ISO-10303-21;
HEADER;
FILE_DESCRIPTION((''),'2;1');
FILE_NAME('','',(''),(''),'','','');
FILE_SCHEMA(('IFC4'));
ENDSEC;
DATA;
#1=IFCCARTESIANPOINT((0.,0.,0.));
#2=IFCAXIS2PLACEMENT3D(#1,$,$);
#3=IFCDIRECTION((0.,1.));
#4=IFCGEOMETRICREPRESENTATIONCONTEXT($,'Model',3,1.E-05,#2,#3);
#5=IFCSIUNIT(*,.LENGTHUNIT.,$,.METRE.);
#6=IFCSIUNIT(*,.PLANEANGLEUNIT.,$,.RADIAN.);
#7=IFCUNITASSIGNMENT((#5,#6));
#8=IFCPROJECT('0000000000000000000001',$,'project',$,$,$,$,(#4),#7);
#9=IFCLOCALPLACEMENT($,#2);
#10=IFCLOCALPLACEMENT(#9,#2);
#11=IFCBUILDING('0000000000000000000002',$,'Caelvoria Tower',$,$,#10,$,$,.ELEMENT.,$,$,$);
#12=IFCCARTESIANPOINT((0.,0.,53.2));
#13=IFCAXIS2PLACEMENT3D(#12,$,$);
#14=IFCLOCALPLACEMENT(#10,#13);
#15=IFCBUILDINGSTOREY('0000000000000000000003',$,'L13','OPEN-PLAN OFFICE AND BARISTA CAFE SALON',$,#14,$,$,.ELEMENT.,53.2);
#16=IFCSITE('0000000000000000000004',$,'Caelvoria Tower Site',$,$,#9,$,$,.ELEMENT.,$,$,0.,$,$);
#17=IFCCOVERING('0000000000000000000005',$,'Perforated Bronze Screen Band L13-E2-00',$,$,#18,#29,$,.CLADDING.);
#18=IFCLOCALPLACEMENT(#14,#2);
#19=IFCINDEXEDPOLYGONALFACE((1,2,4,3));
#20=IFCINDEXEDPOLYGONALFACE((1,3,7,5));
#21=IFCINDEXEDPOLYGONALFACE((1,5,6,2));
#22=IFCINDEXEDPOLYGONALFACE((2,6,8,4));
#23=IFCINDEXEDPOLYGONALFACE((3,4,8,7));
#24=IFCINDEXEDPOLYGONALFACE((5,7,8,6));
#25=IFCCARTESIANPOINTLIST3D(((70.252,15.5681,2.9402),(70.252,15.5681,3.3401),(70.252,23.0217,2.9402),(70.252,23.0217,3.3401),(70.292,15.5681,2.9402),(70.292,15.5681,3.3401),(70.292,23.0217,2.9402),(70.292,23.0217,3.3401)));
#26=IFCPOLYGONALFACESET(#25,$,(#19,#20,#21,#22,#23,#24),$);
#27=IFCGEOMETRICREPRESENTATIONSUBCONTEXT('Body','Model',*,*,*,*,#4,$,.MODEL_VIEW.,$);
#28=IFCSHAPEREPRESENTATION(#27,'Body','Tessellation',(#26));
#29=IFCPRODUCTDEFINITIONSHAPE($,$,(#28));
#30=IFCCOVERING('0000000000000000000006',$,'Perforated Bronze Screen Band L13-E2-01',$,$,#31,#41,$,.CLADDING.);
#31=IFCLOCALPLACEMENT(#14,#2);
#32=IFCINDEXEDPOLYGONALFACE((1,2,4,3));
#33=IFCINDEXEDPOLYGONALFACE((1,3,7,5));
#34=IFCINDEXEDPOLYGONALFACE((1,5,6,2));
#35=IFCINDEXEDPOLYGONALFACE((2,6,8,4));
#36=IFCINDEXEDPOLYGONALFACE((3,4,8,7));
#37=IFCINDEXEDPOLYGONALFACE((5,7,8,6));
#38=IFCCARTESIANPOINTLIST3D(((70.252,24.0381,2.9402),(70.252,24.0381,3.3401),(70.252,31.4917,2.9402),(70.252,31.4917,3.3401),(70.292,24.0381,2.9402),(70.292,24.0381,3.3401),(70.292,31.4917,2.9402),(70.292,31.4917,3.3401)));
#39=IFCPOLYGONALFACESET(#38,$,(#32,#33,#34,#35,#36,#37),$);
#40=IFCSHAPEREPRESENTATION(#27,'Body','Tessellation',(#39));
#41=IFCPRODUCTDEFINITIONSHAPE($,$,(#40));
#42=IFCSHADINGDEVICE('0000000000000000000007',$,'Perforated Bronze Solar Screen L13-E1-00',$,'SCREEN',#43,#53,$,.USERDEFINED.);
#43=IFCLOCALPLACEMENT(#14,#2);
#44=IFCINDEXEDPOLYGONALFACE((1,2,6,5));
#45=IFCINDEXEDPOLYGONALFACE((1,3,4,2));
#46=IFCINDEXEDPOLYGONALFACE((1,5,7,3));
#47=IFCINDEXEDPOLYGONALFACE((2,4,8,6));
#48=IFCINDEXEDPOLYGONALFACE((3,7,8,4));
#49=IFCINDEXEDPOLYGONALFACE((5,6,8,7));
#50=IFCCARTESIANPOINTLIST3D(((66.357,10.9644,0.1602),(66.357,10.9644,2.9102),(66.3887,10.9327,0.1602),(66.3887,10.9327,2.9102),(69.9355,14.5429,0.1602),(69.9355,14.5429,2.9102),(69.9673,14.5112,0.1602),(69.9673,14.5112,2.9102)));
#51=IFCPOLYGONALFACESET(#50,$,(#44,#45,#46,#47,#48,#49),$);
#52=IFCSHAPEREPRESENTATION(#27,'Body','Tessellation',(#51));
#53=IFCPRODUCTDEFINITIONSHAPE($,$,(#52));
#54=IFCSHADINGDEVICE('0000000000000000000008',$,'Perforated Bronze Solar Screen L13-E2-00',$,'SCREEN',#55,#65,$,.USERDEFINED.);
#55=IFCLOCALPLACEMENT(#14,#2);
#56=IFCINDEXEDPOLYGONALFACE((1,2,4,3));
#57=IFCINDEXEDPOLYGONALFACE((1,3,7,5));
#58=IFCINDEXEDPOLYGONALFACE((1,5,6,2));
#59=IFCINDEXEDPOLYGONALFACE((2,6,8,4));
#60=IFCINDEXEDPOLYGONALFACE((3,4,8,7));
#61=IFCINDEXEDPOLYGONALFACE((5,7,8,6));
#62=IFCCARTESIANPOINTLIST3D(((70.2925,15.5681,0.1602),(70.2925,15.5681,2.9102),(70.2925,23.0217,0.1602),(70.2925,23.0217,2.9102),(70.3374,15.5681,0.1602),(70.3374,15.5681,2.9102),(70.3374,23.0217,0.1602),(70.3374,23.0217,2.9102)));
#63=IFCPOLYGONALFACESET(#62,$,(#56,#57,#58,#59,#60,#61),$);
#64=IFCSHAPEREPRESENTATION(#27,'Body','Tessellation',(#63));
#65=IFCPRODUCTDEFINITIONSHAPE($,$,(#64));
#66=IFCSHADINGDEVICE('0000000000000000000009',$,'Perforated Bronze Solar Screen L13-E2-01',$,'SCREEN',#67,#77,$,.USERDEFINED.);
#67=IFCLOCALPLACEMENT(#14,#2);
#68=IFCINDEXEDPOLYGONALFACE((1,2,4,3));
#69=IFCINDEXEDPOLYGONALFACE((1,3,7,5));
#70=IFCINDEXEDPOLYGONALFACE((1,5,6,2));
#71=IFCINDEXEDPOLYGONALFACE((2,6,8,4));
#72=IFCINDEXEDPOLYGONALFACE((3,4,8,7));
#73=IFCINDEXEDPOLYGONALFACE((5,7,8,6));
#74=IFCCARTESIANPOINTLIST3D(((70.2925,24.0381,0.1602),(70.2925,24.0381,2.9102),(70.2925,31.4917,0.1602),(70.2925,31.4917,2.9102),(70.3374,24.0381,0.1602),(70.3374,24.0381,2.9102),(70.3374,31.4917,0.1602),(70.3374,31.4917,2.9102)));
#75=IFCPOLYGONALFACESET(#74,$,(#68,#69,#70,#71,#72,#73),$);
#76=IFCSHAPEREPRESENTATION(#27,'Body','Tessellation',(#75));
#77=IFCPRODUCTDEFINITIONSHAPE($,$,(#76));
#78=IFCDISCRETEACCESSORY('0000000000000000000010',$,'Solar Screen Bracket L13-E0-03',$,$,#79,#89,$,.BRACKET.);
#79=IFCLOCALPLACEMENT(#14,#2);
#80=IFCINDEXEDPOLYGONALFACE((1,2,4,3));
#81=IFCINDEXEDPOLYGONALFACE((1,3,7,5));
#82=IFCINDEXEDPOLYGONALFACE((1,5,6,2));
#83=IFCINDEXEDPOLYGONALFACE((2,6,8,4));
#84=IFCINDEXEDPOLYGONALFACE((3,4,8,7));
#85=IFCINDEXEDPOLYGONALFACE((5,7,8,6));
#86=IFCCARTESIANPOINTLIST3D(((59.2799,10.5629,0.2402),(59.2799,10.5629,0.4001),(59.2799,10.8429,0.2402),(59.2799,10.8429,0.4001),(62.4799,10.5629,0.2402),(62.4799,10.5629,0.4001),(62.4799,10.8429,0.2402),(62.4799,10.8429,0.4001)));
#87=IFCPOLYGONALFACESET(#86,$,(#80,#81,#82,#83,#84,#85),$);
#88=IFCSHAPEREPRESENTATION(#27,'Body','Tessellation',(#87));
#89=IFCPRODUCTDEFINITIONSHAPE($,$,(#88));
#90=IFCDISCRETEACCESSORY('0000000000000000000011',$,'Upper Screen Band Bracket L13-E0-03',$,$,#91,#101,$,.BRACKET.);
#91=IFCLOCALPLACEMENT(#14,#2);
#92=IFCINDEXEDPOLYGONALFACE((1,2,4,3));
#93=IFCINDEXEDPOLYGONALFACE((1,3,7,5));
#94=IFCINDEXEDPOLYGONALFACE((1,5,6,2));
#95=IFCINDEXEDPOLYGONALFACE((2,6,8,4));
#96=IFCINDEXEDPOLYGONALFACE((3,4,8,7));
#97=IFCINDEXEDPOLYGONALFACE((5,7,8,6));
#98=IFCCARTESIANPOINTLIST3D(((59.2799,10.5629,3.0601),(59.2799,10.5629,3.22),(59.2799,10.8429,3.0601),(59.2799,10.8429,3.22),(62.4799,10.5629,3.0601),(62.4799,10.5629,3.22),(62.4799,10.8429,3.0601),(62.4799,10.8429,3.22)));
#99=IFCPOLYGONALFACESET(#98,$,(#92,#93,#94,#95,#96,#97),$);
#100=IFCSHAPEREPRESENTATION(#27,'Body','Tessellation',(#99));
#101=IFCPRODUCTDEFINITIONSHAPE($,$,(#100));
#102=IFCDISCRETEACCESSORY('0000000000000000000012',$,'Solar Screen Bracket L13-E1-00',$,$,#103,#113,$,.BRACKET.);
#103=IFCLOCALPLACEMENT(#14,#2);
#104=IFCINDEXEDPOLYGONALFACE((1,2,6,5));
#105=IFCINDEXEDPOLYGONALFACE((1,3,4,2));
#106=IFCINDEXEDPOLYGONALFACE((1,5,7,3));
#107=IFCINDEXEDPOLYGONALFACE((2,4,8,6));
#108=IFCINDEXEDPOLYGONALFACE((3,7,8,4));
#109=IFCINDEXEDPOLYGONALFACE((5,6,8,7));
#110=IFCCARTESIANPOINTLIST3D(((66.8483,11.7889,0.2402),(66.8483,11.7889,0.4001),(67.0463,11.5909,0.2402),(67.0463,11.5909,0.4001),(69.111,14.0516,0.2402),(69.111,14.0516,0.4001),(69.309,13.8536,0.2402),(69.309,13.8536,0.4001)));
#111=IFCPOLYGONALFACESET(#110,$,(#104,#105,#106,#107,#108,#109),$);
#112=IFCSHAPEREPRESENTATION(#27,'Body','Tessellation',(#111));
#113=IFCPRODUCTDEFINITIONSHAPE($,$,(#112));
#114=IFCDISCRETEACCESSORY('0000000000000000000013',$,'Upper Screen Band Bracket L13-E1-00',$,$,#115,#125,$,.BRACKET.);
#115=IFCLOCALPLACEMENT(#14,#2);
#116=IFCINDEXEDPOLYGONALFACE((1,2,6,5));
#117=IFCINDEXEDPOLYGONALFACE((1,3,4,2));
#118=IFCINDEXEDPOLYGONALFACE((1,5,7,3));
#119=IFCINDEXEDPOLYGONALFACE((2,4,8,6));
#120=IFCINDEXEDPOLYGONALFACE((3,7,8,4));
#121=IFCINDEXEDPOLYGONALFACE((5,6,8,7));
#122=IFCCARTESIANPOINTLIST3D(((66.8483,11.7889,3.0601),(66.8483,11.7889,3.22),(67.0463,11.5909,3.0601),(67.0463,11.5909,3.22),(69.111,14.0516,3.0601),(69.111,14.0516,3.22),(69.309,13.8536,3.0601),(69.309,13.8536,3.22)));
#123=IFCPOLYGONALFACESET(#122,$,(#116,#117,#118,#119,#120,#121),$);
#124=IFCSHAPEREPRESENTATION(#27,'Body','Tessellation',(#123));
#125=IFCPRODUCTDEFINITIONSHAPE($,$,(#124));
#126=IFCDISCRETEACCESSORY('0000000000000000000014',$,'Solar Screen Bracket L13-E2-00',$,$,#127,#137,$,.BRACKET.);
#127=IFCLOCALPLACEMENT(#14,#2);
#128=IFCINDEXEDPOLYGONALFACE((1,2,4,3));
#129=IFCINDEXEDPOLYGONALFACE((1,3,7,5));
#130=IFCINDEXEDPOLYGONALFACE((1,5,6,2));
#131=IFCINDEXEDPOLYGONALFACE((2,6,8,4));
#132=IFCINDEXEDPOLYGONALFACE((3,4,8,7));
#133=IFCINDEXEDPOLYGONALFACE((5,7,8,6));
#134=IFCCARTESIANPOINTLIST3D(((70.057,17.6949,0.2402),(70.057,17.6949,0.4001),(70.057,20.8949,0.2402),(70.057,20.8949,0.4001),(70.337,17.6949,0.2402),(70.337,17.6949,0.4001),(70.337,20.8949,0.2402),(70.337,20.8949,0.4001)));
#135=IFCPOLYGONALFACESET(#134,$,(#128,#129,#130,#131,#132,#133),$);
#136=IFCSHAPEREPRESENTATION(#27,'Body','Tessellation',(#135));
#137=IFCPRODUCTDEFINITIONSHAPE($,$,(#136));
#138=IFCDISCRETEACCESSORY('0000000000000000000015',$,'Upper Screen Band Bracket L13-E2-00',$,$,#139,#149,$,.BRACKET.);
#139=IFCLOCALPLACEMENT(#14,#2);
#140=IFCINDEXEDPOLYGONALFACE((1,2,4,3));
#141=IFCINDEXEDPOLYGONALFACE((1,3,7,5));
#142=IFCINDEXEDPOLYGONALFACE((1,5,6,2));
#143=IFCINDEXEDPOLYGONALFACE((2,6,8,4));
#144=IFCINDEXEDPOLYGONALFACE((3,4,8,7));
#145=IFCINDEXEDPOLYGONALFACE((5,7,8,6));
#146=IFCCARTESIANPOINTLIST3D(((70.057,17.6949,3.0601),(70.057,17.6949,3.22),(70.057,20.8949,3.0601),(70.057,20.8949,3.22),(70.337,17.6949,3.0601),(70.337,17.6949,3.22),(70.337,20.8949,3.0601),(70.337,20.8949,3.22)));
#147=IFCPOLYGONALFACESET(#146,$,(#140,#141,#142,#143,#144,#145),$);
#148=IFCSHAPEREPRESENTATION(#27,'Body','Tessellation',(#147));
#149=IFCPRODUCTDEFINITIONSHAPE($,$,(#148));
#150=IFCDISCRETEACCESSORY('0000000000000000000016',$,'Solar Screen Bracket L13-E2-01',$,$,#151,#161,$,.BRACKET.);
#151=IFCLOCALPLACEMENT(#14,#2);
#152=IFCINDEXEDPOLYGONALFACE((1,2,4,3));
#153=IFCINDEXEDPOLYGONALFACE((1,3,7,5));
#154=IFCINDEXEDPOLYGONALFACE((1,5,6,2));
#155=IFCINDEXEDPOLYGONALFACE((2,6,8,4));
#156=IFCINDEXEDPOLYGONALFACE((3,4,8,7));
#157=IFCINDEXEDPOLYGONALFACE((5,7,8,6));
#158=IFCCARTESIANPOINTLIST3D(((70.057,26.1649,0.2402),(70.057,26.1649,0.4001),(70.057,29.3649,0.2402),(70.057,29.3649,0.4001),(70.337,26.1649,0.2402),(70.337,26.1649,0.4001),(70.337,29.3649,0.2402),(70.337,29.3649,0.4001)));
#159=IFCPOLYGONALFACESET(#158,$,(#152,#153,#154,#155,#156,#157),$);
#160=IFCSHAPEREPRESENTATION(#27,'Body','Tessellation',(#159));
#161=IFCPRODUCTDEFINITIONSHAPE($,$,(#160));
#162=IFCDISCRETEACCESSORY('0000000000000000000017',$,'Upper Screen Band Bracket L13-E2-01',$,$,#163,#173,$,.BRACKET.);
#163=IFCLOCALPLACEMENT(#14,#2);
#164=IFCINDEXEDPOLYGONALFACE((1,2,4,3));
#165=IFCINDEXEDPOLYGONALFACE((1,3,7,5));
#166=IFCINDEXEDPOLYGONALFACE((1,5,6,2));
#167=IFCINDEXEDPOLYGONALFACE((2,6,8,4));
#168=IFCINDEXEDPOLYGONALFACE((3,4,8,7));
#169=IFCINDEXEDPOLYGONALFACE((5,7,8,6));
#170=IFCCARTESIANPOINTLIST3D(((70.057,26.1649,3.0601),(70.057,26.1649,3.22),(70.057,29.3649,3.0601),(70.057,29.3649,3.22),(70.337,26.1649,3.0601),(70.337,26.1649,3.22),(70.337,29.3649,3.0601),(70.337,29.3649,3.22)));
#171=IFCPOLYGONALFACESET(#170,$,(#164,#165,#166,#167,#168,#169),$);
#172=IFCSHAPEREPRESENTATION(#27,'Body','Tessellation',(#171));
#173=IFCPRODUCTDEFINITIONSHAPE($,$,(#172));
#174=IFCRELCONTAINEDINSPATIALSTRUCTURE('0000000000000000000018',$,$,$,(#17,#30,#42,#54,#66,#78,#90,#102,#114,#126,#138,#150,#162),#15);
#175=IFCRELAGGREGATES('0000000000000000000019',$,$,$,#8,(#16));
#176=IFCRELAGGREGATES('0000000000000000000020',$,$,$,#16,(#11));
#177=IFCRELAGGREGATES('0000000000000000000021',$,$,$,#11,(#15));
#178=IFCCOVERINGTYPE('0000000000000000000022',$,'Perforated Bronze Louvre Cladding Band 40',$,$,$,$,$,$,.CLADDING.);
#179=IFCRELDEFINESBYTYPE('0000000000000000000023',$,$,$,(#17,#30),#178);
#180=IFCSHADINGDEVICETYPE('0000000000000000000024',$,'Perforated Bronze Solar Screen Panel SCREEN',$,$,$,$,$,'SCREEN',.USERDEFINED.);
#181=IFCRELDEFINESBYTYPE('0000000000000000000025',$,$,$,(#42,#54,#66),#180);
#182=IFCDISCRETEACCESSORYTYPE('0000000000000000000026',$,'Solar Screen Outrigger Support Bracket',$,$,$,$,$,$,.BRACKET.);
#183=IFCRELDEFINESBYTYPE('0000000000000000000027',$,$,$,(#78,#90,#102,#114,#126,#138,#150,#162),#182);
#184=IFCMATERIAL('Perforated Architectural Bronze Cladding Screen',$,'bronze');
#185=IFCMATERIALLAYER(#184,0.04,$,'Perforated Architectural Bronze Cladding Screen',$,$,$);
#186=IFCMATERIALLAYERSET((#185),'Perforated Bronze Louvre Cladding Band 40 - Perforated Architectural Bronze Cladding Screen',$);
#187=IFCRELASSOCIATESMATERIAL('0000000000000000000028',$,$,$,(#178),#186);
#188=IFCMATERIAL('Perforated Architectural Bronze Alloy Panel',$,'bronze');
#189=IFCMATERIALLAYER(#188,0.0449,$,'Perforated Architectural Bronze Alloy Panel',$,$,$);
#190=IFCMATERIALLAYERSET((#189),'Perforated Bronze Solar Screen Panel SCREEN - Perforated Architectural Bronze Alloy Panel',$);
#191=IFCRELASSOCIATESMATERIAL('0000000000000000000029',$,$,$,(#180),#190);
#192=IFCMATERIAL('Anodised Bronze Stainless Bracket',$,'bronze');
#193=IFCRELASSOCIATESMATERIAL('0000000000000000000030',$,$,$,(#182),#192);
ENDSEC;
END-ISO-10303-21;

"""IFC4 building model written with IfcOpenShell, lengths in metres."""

from ifc_helpers import new_model, si_unit, direction, frame, origin, origin_2d, place, context, subcontext, project, spatial, rectangle, extrude, material, layer, layer_set, type_object, element, save


model = new_model("IFC4")

# Units and contexts
model_context = context("Model", 3, precision=1e-05, world=origin(), true_north=direction((0.0, 1.0)))
body_context = subcontext(model_context, "Body", "Model", "MODEL_VIEW")
ifc_project = project(units=[si_unit("LENGTHUNIT", "METRE"), si_unit("PLANEANGLEUNIT", "RADIAN")], contexts=[model_context])

# Site, building, storey
site_placement = place(None, origin())
site = spatial("IfcSite", under=ifc_project, at=site_placement, Name="Caelvoria Tower Site", CompositionType="ELEMENT", RefElevation=0.0)
building_placement = place(site_placement, origin())
building = spatial("IfcBuilding", under=site, at=building_placement, Name="Caelvoria Tower", CompositionType="ELEMENT")
storey_placement = place(building_placement, frame((0.0, 0.0, 53.2)))
storey = spatial("IfcBuildingStorey", under=building, at=storey_placement, Name="L13", Description="OPEN-PLAN OFFICE AND BARISTA CAFE SALON", CompositionType="ELEMENT", Elevation=53.2)

# Coverings
ifc_material_1 = material(Name="Perforated Architectural Bronze Cladding Screen", Category="bronze")
ifc_layer_1 = layer(ifc_material_1, 0.04, Name="Perforated Architectural Bronze Cladding Screen")
ifc_layer_set_1 = layer_set([ifc_layer_1], Name="Perforated Bronze Louvre Cladding Band 40 - Perforated Architectural Bronze Cladding Screen")
covering_type = type_object("IfcCoveringType", Name="Perforated Bronze Louvre Cladding Band 40", PredefinedType="CLADDING", material=ifc_layer_set_1)
for number, where, z_axis, x_axis, name in (
    (1, (70.272, 19.2949, 2.9402), (0.0, 0.0, 1.0), (0.0, 1.0, 0.0), "Perforated Bronze Screen Band L13-E2-00"),
    (2, (70.272, 27.7649, 2.9402), (0.0, 0.0, 1.0), (0.0, 1.0, 0.0), "Perforated Bronze Screen Band L13-E2-01"),
):
    element("IfcCovering", number, at=place(storey_placement, frame(where, z_axis=z_axis, x_axis=x_axis)), inside=storey, type_object=covering_type, Name=name, PredefinedType="CLADDING", context=body_context, shape_type="SweptSolid", body=[
        extrude(rectangle(XDim=7.4536, YDim=0.04, at=origin_2d()), origin(), (0.0, 0.0, 1.0), 0.3999),
    ])

# Shading devices
ifc_material_2 = material(Name="Perforated Architectural Bronze Alloy Panel", Category="bronze")
ifc_layer_2 = layer(ifc_material_2, 0.0449, Name="Perforated Architectural Bronze Alloy Panel")
ifc_layer_set_2 = layer_set([ifc_layer_2], Name="Perforated Bronze Solar Screen Panel SCREEN - Perforated Architectural Bronze Alloy Panel")
shading_device_type = type_object("IfcShadingDeviceType", Name="Perforated Bronze Solar Screen Panel SCREEN", ElementType="SCREEN", PredefinedType="USERDEFINED", material=ifc_layer_set_2)
shading_device_placement = place(storey_placement, frame((68.1621, 12.7378, 0.1602), z_axis=(0.0, 0.0, 1.0), x_axis=(0.707107, 0.707107, 0.0)))
element("IfcShadingDevice", 3, at=shading_device_placement, inside=storey, type_object=shading_device_type, Name="Perforated Bronze Solar Screen L13-E1-00", ObjectType="SCREEN", PredefinedType="USERDEFINED", context=body_context, shape_type="SweptSolid", body=[
    extrude(rectangle(XDim=5.0608, YDim=0.0449, at=origin_2d()), origin(), (0.0, 0.0, 1.0), 2.75),
])
for number, where, z_axis, x_axis, name in (
    (4, (70.3149, 19.2949, 0.1602), (0.0, 0.0, 1.0), (0.0, 1.0, 0.0), "Perforated Bronze Solar Screen L13-E2-00"),
    (5, (70.3149, 27.7649, 0.1602), (0.0, 0.0, 1.0), (0.0, 1.0, 0.0), "Perforated Bronze Solar Screen L13-E2-01"),
):
    element("IfcShadingDevice", number, at=place(storey_placement, frame(where, z_axis=z_axis, x_axis=x_axis)), inside=storey, type_object=shading_device_type, Name=name, ObjectType="SCREEN", PredefinedType="USERDEFINED", context=body_context, shape_type="SweptSolid", body=[
        extrude(rectangle(XDim=7.4536, YDim=0.0449, at=origin_2d()), origin(), (0.0, 0.0, 1.0), 2.75),
    ])

# Discrete accessories
ifc_material_3 = material(Name="Anodised Bronze Stainless Bracket", Category="bronze")
discrete_accessory_type = type_object("IfcDiscreteAccessoryType", Name="Solar Screen Outrigger Support Bracket", PredefinedType="BRACKET", material=ifc_material_3)
for number, where, z_axis, x_axis, name in (
    (6, (60.8799, 10.7029, 0.2402), (0.0, 0.0, 1.0), (1.0, 0.0, 0.0), "Solar Screen Bracket L13-E0-03"),
    (7, (60.8799, 10.7029, 3.0601), (0.0, 0.0, 1.0), (1.0, 0.0, 0.0), "Upper Screen Band Bracket L13-E0-03"),
    (8, (68.0786, 12.8213, 0.2402), (0.0, 0.0, 1.0), (0.707107, 0.707107, 0.0), "Solar Screen Bracket L13-E1-00"),
    (9, (68.0786, 12.8213, 3.0601), (0.0, 0.0, 1.0), (0.707107, 0.707107, 0.0), "Upper Screen Band Bracket L13-E1-00"),
    (10, (70.197, 19.2949, 0.2402), (0.0, 0.0, 1.0), (0.0, 1.0, 0.0), "Solar Screen Bracket L13-E2-00"),
    (11, (70.197, 19.2949, 3.0601), (0.0, 0.0, 1.0), (0.0, 1.0, 0.0), "Upper Screen Band Bracket L13-E2-00"),
    (12, (70.197, 27.7649, 0.2402), (0.0, 0.0, 1.0), (0.0, 1.0, 0.0), "Solar Screen Bracket L13-E2-01"),
    (13, (70.197, 27.7649, 3.0601), (0.0, 0.0, 1.0), (0.0, 1.0, 0.0), "Upper Screen Band Bracket L13-E2-01"),
):
    element("IfcDiscreteAccessory", number, at=place(storey_placement, frame(where, z_axis=z_axis, x_axis=x_axis)), inside=storey, type_object=discrete_accessory_type, Name=name, PredefinedType="BRACKET", context=body_context, shape_type="SweptSolid", body=[
        extrude(rectangle(XDim=3.2, YDim=0.28, at=origin_2d()), origin(), (0.0, 0.0, 1.0), 0.1599),
    ])

save(model, "model.ifc")
